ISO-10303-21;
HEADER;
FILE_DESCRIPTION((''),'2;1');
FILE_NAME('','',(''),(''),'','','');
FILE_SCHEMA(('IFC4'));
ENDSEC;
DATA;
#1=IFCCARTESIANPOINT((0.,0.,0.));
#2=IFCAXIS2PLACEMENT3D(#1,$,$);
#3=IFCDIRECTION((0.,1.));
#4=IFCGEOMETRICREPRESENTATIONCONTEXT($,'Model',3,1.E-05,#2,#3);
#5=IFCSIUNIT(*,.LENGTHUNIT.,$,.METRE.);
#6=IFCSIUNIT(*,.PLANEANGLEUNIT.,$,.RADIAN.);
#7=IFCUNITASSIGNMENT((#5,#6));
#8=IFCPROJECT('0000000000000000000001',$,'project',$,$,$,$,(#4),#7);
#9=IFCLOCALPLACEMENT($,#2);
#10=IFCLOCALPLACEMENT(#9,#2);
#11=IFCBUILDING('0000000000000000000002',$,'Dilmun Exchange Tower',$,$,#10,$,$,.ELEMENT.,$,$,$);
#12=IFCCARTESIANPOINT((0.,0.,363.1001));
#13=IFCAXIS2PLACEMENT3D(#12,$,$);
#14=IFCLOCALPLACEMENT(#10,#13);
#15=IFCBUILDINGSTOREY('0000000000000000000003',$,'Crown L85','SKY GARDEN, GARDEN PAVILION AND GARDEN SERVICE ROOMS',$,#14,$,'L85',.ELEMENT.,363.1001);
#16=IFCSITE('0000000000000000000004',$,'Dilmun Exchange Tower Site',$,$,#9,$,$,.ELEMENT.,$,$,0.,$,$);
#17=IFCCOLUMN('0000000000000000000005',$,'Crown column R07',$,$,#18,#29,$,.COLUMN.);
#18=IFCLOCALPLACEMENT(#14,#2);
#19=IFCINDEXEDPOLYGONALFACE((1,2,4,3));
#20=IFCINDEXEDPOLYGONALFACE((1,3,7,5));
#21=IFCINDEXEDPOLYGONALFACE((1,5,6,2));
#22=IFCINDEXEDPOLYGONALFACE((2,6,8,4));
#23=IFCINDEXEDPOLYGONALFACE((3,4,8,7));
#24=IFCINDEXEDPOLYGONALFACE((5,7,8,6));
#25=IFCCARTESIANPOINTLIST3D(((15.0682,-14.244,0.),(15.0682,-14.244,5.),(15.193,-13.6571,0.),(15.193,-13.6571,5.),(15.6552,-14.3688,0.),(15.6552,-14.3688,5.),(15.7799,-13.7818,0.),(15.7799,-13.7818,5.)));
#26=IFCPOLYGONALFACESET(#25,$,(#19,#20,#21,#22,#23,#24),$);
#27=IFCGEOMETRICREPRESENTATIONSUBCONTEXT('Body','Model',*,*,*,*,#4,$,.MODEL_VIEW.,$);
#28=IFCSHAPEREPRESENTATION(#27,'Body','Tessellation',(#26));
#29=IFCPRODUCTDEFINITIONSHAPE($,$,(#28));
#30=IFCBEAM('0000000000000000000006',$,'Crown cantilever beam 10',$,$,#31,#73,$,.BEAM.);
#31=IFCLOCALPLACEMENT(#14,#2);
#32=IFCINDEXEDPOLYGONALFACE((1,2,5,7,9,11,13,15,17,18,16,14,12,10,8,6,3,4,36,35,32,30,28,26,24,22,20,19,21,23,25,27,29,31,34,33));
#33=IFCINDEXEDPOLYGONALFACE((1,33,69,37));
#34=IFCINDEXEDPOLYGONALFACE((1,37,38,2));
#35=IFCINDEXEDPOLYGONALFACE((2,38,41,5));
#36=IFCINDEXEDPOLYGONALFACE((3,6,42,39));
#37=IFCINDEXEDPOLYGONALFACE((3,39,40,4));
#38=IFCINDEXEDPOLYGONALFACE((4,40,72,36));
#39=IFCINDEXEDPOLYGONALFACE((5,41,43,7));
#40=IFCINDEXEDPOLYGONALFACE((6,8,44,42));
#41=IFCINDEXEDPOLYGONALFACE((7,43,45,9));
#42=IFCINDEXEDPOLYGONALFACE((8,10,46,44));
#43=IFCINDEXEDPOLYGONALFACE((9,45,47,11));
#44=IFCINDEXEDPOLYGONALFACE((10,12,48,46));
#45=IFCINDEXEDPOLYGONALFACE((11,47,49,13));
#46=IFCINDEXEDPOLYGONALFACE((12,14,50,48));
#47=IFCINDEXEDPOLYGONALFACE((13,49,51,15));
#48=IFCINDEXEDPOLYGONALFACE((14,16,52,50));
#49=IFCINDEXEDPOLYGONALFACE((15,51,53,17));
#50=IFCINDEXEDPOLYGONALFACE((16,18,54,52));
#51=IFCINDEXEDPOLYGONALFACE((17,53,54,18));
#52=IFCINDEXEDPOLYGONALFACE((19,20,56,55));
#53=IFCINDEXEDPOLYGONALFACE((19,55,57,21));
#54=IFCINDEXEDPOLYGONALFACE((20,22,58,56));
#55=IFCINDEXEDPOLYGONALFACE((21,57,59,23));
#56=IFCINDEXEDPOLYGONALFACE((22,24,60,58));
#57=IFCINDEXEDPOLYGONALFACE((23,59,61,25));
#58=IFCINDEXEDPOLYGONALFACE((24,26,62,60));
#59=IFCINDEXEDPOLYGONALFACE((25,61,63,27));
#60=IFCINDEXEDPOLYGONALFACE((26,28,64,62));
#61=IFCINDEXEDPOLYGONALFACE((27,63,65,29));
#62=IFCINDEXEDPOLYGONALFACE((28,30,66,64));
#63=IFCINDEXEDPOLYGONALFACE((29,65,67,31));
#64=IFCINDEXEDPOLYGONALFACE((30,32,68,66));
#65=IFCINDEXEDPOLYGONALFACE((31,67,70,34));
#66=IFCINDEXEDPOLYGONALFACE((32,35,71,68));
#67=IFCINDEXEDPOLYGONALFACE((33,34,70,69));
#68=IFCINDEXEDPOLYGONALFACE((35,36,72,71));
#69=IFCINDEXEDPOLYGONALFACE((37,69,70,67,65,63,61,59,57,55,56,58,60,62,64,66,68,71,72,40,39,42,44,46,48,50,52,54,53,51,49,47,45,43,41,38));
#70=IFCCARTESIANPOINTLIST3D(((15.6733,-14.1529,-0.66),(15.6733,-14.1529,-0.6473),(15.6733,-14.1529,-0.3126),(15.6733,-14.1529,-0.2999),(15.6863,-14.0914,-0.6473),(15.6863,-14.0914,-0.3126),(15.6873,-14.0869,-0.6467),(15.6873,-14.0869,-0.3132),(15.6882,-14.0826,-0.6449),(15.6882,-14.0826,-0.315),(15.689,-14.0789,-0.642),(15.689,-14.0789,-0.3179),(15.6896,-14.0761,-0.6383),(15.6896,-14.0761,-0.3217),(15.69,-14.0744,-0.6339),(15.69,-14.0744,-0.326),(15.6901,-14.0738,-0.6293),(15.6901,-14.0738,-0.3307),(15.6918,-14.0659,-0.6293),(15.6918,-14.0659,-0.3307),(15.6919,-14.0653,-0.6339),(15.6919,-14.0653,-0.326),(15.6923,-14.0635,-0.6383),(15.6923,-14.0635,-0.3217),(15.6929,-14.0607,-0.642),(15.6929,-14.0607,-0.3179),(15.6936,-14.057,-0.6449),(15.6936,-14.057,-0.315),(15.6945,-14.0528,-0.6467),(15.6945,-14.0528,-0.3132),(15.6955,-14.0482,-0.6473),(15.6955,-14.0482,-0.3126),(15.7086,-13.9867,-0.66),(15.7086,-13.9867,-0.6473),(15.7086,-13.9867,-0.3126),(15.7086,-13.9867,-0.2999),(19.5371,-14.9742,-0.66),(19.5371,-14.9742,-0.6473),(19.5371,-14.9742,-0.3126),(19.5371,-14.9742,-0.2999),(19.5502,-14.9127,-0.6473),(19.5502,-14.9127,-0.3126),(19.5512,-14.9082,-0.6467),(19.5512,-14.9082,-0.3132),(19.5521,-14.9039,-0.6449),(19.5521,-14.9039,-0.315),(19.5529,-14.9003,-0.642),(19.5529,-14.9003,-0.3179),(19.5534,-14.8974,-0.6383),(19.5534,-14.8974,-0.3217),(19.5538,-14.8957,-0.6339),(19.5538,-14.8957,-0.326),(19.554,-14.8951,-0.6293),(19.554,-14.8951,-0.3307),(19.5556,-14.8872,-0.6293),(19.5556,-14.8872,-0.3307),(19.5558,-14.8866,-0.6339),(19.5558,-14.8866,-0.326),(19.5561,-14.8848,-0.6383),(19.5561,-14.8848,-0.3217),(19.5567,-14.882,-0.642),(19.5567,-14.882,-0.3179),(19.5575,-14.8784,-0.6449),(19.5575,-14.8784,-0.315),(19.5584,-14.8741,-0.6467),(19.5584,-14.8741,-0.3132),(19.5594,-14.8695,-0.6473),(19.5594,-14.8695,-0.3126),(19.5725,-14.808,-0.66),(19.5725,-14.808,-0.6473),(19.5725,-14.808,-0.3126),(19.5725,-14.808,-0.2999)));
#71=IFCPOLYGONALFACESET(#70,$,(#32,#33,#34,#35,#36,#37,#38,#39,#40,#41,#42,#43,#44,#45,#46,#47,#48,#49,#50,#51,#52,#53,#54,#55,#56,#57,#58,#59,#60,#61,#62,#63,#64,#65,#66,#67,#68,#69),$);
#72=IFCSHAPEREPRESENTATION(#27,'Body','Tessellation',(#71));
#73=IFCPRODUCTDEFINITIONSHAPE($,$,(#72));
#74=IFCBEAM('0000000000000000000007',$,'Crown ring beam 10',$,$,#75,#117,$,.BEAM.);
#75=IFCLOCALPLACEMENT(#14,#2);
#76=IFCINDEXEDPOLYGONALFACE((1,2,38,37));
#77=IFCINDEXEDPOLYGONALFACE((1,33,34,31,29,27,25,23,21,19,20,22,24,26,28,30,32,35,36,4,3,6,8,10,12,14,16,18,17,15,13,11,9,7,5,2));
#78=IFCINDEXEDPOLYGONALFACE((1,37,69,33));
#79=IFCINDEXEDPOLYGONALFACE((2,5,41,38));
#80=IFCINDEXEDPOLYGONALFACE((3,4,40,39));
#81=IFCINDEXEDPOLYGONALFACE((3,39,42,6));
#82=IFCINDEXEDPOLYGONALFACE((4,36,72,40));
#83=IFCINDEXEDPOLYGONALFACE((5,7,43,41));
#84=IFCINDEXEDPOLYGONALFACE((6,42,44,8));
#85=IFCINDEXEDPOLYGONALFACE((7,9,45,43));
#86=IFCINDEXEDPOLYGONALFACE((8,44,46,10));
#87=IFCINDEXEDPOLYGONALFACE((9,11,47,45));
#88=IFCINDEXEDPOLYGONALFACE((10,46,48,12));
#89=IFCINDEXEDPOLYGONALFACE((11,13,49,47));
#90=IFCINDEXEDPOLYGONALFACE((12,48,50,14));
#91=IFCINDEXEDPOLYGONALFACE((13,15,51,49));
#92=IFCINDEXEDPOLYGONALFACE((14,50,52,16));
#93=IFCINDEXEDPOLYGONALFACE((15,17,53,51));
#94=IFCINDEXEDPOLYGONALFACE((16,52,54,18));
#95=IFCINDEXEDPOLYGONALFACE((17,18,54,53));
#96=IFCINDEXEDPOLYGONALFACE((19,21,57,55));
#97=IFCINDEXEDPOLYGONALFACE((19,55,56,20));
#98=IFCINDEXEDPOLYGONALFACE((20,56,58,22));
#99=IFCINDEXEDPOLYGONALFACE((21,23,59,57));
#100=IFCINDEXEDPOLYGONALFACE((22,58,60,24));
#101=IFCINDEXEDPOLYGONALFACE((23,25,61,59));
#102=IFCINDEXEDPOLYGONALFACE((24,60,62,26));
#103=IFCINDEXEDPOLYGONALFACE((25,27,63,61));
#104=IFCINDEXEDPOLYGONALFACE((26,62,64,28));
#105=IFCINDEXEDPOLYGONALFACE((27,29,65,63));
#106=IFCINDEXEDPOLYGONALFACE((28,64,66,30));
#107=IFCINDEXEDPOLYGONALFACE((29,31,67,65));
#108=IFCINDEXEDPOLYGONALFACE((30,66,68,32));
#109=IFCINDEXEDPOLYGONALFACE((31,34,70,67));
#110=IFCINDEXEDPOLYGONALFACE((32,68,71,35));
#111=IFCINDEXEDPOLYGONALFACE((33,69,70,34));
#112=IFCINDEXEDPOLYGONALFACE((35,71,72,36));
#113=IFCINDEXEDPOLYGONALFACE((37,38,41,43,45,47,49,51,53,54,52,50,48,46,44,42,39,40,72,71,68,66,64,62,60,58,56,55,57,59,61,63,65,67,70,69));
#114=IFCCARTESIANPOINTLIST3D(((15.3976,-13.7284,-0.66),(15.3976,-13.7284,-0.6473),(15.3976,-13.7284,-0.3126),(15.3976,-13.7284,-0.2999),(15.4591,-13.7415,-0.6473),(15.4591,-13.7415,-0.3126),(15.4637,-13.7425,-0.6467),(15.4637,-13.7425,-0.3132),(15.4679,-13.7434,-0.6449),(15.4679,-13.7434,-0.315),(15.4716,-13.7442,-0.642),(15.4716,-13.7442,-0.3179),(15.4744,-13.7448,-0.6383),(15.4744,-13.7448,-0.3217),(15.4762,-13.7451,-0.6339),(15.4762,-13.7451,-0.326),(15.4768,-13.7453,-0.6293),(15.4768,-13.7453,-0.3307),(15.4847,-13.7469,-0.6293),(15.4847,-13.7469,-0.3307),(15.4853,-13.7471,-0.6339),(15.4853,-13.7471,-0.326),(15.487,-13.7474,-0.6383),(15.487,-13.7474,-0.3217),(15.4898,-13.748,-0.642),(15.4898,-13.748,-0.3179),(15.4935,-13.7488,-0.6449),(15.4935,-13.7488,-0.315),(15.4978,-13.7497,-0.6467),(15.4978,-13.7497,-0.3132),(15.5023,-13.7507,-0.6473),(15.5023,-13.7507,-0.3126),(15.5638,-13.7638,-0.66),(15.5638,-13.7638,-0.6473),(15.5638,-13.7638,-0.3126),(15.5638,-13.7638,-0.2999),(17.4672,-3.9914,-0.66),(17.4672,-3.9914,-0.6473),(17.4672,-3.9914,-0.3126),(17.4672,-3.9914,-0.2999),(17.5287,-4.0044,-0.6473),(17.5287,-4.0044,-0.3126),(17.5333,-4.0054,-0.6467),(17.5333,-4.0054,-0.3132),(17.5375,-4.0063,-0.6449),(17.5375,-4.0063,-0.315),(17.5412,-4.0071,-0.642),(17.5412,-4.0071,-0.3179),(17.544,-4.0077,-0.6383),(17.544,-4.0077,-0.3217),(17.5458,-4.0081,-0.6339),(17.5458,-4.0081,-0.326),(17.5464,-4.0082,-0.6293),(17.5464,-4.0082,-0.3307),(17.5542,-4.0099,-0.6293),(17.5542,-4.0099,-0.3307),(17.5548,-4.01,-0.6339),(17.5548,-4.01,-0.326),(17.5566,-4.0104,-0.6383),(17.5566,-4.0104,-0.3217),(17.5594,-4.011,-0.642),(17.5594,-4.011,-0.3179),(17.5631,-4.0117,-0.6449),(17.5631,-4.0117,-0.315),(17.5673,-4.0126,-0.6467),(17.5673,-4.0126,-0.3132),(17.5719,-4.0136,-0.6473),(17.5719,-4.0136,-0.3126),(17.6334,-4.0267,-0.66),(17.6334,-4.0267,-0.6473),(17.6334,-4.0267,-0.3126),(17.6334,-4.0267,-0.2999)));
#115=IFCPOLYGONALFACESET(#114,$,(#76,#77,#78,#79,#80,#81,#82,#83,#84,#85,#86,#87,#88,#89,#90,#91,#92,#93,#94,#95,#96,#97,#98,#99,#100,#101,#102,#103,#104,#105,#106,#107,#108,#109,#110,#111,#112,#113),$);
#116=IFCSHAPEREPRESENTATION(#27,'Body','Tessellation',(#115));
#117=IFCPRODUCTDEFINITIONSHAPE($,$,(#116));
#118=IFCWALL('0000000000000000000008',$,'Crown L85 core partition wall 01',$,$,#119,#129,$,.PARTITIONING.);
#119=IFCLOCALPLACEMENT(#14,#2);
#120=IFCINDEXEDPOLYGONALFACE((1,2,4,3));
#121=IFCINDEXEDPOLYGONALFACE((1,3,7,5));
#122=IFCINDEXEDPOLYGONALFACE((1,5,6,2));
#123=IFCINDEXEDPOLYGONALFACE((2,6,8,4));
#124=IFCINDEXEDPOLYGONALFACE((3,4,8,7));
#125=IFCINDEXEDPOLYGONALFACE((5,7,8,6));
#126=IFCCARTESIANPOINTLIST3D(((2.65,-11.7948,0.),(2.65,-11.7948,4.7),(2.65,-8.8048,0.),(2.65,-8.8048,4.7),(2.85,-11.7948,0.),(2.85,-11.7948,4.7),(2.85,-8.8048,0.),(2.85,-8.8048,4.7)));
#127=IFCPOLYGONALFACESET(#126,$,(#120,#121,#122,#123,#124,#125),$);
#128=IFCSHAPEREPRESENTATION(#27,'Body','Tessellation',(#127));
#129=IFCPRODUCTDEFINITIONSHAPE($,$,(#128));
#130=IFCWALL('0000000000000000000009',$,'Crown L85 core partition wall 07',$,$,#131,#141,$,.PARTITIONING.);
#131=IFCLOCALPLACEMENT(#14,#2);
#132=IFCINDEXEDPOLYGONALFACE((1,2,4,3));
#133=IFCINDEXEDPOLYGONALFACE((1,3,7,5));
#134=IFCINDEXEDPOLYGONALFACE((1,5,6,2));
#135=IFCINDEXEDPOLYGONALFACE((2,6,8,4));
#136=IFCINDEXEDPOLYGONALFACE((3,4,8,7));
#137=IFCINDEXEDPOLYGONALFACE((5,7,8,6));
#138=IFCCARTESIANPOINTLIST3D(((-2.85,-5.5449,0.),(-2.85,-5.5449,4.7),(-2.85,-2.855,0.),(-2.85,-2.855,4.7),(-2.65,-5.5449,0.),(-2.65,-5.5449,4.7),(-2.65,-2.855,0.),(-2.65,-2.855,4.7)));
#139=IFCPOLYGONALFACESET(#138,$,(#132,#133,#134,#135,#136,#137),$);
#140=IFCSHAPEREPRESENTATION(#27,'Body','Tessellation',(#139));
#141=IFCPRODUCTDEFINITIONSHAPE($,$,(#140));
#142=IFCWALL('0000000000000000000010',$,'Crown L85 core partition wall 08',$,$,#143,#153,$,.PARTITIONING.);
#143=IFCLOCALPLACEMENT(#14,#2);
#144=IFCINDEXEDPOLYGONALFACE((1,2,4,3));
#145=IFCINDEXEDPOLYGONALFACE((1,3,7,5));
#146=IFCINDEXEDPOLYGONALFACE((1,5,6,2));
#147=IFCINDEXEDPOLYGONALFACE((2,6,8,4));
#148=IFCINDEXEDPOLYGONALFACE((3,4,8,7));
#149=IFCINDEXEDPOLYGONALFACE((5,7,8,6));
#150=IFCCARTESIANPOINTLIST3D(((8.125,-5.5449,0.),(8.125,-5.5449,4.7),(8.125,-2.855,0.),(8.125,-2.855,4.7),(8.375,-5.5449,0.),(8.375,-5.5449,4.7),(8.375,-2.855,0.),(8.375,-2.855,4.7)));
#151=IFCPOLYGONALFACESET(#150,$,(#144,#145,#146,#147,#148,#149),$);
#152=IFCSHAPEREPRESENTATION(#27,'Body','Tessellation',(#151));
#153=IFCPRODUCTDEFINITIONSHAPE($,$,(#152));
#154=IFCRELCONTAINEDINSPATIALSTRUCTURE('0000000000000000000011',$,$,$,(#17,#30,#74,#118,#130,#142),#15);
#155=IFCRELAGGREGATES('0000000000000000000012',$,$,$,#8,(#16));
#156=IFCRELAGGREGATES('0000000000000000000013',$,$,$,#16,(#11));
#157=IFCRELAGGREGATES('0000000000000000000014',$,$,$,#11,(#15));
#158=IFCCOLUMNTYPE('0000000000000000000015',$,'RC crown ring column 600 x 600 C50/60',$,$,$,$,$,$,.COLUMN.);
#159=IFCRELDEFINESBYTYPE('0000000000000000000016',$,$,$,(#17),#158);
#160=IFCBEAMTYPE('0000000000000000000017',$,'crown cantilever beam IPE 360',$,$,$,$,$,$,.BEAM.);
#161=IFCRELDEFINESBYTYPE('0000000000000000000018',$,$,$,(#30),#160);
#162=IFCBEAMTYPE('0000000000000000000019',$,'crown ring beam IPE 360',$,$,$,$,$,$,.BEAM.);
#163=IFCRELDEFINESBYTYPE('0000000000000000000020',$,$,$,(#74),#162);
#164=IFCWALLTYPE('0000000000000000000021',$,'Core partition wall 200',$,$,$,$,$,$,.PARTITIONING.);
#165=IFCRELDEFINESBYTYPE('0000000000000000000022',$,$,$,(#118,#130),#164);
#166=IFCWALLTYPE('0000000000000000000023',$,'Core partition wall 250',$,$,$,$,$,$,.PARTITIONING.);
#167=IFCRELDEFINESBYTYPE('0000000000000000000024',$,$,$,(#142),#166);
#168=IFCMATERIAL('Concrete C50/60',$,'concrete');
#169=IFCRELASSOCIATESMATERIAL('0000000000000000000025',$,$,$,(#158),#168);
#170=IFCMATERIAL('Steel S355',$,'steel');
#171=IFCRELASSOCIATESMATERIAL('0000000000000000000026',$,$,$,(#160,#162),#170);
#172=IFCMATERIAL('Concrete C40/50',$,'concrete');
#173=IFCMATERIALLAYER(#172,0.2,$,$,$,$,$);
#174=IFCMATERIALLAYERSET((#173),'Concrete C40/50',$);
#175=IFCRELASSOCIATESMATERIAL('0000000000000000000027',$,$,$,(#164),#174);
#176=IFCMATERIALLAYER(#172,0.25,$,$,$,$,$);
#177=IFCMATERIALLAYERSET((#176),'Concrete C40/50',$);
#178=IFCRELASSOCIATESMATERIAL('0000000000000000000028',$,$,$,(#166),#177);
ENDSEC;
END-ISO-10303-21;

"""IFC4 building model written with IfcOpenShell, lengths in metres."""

from ifc_helpers import new_model, si_unit, direction, frame, frame_2d, origin, origin_2d, place, context, subcontext, project, spatial, rectangle, i_section, extrude, material, layer, layer_set, material_profile, profile_set, type_object, element, save


model = new_model("IFC4")

# Units and contexts
model_context = context("Model", 3, precision=1e-05, world=origin(), true_north=direction((0.0, 1.0)))
body_context = subcontext(model_context, "Body", "Model", "MODEL_VIEW")
ifc_project = project(units=[si_unit("LENGTHUNIT", "METRE"), si_unit("PLANEANGLEUNIT", "RADIAN")], contexts=[model_context])

# Site, building, storey
site_placement = place(None, origin())
site = spatial("IfcSite", under=ifc_project, at=site_placement, Name="Dilmun Exchange Tower Site", CompositionType="ELEMENT", RefElevation=0.0)
building_placement = place(site_placement, origin())
building = spatial("IfcBuilding", under=site, at=building_placement, Name="Dilmun Exchange Tower", CompositionType="ELEMENT")
storey_placement = place(building_placement, frame((0.0, 0.0, 363.1001)))
storey = spatial("IfcBuildingStorey", under=building, at=storey_placement, Name="Crown L85", Description="SKY GARDEN, GARDEN PAVILION AND GARDEN SERVICE ROOMS", LongName="L85", CompositionType="ELEMENT", Elevation=363.1001)

# Column
ifc_material_1 = material(Name="Concrete C50/60", Category="concrete")
ifc_material_profile_1 = material_profile(ifc_material_1, rectangle(XDim=0.6001, YDim=0.6001, at=origin_2d()), Name="600 x 600")
ifc_profile_set_1 = profile_set([ifc_material_profile_1], Name="Concrete C50/60")
column_type = type_object("IfcColumnType", Name="RC crown ring column 600 x 600 C50/60", PredefinedType="COLUMN", material=ifc_profile_set_1)
column_placement = place(storey_placement, frame((15.4241, -14.0129, 0.0), z_axis=(0.0, 0.0, 1.0), x_axis=(0.207912, 0.978148, 0.0)))
element("IfcColumn", 1, at=column_placement, inside=storey, type_object=column_type, Name="Crown column R07", PredefinedType="COLUMN", context=body_context, shape_type="SweptSolid", body=[
    extrude(rectangle(XDim=0.6001, YDim=0.6001, at=origin_2d()), origin(), (0.0, 0.0, 1.0), 5.0),
])

# Beams
ifc_material_2 = material(Name="Steel S355", Category="steel")
ifc_material_profile_2 = material_profile(ifc_material_2, i_section(OverallWidth=0.1699, OverallDepth=0.3601, WebThickness=0.0081, FlangeThickness=0.0127, FilletRadius=0.0181, at=origin_2d()), Name="IPE 360")
ifc_profile_set_2 = profile_set([ifc_material_profile_2], Name="Steel S355")
beam_type_1 = type_object("IfcBeamType", Name="crown cantilever beam IPE 360", PredefinedType="BEAM", material=ifc_profile_set_2)
beam_1_placement = place(storey_placement, frame((15.6909, -14.0698, -0.48), z_axis=(0.978147, -0.207916, 0.0), x_axis=(0.207916, 0.978147, 0.0)))
element("IfcBeam", 2, at=beam_1_placement, inside=storey, type_object=beam_type_1, Name="Crown cantilever beam 10", PredefinedType="BEAM", context=body_context, shape_type="SweptSolid", body=[
    extrude(i_section(OverallWidth=0.1699, OverallDepth=0.3601, WebThickness=0.0081, FlangeThickness=0.0127, FilletRadius=0.0181, at=origin_2d()), origin(), (0.0, 0.0, 1.0), 3.9502),
])
ifc_material_profile_3 = material_profile(ifc_material_2, i_section(OverallWidth=0.1699, OverallDepth=0.3601, WebThickness=0.0081, FlangeThickness=0.0127, FilletRadius=0.0181, at=origin_2d()), Name="IPE 360")
ifc_profile_set_3 = profile_set([ifc_material_profile_3], Name="Steel S355")
beam_type_2 = type_object("IfcBeamType", Name="crown ring beam IPE 360", PredefinedType="BEAM", material=ifc_profile_set_3)
beam_2_placement = place(storey_placement, frame((15.4807, -13.7461, -0.48), z_axis=(0.207902, 0.97815, 0.0), x_axis=(-0.97815, 0.207902, 0.0)))
element("IfcBeam", 3, at=beam_2_placement, inside=storey, type_object=beam_type_2, Name="Crown ring beam 10", PredefinedType="BEAM", context=body_context, shape_type="SweptSolid", body=[
    extrude(i_section(OverallWidth=0.1699, OverallDepth=0.3601, WebThickness=0.0081, FlangeThickness=0.0127, FilletRadius=0.0181, at=origin_2d()), origin(), (0.0, 0.0, 1.0), 9.9546),
])

# Walls
ifc_material_3 = material(Name="Concrete C40/50", Category="concrete")
ifc_layer_1 = layer(ifc_material_3, 0.2)
ifc_layer_set_1 = layer_set([ifc_layer_1], Name="Concrete C40/50")
wall_type_1 = type_object("IfcWallType", Name="Core partition wall 200", PredefinedType="PARTITIONING", material=ifc_layer_set_1)
wall_1_placement = place(storey_placement, frame((2.75, -11.7949, 0.0), z_axis=(0.0, 0.0, 1.0), x_axis=(0.0, 1.0, 0.0)))
element("IfcWall", 4, at=wall_1_placement, inside=storey, type_object=wall_type_1, Name="Crown L85 core partition wall 01", PredefinedType="PARTITIONING", context=body_context, shape_type="SweptSolid", body=[
    extrude(rectangle(XDim=2.99, YDim=0.2, at=frame_2d((1.4951, 0.0))), origin(), (0.0, 0.0, 1.0), 4.7),
])
wall_2_placement = place(storey_placement, frame((-2.75, -5.5449, 0.0), z_axis=(0.0, 0.0, 1.0), x_axis=(0.0, 1.0, 0.0)))
element("IfcWall", 5, at=wall_2_placement, inside=storey, type_object=wall_type_1, Name="Crown L85 core partition wall 07", PredefinedType="PARTITIONING", context=body_context, shape_type="SweptSolid", body=[
    extrude(rectangle(XDim=2.6899, YDim=0.2, at=frame_2d((1.345, 0.0))), origin(), (0.0, 0.0, 1.0), 4.7),
])
ifc_layer_2 = layer(ifc_material_3, 0.25)
ifc_layer_set_2 = layer_set([ifc_layer_2], Name="Concrete C40/50")
wall_type_2 = type_object("IfcWallType", Name="Core partition wall 250", PredefinedType="PARTITIONING", material=ifc_layer_set_2)
wall_3_placement = place(storey_placement, frame((8.25, -5.5449, 0.0), z_axis=(0.0, 0.0, 1.0), x_axis=(0.0, 1.0, 0.0)))
element("IfcWall", 6, at=wall_3_placement, inside=storey, type_object=wall_type_2, Name="Crown L85 core partition wall 08", PredefinedType="PARTITIONING", context=body_context, shape_type="SweptSolid", body=[
    extrude(rectangle(XDim=2.6899, YDim=0.25, at=frame_2d((1.345, 0.0))), origin(), (0.0, 0.0, 1.0), 4.7),
])

save(model, "model.ifc")
